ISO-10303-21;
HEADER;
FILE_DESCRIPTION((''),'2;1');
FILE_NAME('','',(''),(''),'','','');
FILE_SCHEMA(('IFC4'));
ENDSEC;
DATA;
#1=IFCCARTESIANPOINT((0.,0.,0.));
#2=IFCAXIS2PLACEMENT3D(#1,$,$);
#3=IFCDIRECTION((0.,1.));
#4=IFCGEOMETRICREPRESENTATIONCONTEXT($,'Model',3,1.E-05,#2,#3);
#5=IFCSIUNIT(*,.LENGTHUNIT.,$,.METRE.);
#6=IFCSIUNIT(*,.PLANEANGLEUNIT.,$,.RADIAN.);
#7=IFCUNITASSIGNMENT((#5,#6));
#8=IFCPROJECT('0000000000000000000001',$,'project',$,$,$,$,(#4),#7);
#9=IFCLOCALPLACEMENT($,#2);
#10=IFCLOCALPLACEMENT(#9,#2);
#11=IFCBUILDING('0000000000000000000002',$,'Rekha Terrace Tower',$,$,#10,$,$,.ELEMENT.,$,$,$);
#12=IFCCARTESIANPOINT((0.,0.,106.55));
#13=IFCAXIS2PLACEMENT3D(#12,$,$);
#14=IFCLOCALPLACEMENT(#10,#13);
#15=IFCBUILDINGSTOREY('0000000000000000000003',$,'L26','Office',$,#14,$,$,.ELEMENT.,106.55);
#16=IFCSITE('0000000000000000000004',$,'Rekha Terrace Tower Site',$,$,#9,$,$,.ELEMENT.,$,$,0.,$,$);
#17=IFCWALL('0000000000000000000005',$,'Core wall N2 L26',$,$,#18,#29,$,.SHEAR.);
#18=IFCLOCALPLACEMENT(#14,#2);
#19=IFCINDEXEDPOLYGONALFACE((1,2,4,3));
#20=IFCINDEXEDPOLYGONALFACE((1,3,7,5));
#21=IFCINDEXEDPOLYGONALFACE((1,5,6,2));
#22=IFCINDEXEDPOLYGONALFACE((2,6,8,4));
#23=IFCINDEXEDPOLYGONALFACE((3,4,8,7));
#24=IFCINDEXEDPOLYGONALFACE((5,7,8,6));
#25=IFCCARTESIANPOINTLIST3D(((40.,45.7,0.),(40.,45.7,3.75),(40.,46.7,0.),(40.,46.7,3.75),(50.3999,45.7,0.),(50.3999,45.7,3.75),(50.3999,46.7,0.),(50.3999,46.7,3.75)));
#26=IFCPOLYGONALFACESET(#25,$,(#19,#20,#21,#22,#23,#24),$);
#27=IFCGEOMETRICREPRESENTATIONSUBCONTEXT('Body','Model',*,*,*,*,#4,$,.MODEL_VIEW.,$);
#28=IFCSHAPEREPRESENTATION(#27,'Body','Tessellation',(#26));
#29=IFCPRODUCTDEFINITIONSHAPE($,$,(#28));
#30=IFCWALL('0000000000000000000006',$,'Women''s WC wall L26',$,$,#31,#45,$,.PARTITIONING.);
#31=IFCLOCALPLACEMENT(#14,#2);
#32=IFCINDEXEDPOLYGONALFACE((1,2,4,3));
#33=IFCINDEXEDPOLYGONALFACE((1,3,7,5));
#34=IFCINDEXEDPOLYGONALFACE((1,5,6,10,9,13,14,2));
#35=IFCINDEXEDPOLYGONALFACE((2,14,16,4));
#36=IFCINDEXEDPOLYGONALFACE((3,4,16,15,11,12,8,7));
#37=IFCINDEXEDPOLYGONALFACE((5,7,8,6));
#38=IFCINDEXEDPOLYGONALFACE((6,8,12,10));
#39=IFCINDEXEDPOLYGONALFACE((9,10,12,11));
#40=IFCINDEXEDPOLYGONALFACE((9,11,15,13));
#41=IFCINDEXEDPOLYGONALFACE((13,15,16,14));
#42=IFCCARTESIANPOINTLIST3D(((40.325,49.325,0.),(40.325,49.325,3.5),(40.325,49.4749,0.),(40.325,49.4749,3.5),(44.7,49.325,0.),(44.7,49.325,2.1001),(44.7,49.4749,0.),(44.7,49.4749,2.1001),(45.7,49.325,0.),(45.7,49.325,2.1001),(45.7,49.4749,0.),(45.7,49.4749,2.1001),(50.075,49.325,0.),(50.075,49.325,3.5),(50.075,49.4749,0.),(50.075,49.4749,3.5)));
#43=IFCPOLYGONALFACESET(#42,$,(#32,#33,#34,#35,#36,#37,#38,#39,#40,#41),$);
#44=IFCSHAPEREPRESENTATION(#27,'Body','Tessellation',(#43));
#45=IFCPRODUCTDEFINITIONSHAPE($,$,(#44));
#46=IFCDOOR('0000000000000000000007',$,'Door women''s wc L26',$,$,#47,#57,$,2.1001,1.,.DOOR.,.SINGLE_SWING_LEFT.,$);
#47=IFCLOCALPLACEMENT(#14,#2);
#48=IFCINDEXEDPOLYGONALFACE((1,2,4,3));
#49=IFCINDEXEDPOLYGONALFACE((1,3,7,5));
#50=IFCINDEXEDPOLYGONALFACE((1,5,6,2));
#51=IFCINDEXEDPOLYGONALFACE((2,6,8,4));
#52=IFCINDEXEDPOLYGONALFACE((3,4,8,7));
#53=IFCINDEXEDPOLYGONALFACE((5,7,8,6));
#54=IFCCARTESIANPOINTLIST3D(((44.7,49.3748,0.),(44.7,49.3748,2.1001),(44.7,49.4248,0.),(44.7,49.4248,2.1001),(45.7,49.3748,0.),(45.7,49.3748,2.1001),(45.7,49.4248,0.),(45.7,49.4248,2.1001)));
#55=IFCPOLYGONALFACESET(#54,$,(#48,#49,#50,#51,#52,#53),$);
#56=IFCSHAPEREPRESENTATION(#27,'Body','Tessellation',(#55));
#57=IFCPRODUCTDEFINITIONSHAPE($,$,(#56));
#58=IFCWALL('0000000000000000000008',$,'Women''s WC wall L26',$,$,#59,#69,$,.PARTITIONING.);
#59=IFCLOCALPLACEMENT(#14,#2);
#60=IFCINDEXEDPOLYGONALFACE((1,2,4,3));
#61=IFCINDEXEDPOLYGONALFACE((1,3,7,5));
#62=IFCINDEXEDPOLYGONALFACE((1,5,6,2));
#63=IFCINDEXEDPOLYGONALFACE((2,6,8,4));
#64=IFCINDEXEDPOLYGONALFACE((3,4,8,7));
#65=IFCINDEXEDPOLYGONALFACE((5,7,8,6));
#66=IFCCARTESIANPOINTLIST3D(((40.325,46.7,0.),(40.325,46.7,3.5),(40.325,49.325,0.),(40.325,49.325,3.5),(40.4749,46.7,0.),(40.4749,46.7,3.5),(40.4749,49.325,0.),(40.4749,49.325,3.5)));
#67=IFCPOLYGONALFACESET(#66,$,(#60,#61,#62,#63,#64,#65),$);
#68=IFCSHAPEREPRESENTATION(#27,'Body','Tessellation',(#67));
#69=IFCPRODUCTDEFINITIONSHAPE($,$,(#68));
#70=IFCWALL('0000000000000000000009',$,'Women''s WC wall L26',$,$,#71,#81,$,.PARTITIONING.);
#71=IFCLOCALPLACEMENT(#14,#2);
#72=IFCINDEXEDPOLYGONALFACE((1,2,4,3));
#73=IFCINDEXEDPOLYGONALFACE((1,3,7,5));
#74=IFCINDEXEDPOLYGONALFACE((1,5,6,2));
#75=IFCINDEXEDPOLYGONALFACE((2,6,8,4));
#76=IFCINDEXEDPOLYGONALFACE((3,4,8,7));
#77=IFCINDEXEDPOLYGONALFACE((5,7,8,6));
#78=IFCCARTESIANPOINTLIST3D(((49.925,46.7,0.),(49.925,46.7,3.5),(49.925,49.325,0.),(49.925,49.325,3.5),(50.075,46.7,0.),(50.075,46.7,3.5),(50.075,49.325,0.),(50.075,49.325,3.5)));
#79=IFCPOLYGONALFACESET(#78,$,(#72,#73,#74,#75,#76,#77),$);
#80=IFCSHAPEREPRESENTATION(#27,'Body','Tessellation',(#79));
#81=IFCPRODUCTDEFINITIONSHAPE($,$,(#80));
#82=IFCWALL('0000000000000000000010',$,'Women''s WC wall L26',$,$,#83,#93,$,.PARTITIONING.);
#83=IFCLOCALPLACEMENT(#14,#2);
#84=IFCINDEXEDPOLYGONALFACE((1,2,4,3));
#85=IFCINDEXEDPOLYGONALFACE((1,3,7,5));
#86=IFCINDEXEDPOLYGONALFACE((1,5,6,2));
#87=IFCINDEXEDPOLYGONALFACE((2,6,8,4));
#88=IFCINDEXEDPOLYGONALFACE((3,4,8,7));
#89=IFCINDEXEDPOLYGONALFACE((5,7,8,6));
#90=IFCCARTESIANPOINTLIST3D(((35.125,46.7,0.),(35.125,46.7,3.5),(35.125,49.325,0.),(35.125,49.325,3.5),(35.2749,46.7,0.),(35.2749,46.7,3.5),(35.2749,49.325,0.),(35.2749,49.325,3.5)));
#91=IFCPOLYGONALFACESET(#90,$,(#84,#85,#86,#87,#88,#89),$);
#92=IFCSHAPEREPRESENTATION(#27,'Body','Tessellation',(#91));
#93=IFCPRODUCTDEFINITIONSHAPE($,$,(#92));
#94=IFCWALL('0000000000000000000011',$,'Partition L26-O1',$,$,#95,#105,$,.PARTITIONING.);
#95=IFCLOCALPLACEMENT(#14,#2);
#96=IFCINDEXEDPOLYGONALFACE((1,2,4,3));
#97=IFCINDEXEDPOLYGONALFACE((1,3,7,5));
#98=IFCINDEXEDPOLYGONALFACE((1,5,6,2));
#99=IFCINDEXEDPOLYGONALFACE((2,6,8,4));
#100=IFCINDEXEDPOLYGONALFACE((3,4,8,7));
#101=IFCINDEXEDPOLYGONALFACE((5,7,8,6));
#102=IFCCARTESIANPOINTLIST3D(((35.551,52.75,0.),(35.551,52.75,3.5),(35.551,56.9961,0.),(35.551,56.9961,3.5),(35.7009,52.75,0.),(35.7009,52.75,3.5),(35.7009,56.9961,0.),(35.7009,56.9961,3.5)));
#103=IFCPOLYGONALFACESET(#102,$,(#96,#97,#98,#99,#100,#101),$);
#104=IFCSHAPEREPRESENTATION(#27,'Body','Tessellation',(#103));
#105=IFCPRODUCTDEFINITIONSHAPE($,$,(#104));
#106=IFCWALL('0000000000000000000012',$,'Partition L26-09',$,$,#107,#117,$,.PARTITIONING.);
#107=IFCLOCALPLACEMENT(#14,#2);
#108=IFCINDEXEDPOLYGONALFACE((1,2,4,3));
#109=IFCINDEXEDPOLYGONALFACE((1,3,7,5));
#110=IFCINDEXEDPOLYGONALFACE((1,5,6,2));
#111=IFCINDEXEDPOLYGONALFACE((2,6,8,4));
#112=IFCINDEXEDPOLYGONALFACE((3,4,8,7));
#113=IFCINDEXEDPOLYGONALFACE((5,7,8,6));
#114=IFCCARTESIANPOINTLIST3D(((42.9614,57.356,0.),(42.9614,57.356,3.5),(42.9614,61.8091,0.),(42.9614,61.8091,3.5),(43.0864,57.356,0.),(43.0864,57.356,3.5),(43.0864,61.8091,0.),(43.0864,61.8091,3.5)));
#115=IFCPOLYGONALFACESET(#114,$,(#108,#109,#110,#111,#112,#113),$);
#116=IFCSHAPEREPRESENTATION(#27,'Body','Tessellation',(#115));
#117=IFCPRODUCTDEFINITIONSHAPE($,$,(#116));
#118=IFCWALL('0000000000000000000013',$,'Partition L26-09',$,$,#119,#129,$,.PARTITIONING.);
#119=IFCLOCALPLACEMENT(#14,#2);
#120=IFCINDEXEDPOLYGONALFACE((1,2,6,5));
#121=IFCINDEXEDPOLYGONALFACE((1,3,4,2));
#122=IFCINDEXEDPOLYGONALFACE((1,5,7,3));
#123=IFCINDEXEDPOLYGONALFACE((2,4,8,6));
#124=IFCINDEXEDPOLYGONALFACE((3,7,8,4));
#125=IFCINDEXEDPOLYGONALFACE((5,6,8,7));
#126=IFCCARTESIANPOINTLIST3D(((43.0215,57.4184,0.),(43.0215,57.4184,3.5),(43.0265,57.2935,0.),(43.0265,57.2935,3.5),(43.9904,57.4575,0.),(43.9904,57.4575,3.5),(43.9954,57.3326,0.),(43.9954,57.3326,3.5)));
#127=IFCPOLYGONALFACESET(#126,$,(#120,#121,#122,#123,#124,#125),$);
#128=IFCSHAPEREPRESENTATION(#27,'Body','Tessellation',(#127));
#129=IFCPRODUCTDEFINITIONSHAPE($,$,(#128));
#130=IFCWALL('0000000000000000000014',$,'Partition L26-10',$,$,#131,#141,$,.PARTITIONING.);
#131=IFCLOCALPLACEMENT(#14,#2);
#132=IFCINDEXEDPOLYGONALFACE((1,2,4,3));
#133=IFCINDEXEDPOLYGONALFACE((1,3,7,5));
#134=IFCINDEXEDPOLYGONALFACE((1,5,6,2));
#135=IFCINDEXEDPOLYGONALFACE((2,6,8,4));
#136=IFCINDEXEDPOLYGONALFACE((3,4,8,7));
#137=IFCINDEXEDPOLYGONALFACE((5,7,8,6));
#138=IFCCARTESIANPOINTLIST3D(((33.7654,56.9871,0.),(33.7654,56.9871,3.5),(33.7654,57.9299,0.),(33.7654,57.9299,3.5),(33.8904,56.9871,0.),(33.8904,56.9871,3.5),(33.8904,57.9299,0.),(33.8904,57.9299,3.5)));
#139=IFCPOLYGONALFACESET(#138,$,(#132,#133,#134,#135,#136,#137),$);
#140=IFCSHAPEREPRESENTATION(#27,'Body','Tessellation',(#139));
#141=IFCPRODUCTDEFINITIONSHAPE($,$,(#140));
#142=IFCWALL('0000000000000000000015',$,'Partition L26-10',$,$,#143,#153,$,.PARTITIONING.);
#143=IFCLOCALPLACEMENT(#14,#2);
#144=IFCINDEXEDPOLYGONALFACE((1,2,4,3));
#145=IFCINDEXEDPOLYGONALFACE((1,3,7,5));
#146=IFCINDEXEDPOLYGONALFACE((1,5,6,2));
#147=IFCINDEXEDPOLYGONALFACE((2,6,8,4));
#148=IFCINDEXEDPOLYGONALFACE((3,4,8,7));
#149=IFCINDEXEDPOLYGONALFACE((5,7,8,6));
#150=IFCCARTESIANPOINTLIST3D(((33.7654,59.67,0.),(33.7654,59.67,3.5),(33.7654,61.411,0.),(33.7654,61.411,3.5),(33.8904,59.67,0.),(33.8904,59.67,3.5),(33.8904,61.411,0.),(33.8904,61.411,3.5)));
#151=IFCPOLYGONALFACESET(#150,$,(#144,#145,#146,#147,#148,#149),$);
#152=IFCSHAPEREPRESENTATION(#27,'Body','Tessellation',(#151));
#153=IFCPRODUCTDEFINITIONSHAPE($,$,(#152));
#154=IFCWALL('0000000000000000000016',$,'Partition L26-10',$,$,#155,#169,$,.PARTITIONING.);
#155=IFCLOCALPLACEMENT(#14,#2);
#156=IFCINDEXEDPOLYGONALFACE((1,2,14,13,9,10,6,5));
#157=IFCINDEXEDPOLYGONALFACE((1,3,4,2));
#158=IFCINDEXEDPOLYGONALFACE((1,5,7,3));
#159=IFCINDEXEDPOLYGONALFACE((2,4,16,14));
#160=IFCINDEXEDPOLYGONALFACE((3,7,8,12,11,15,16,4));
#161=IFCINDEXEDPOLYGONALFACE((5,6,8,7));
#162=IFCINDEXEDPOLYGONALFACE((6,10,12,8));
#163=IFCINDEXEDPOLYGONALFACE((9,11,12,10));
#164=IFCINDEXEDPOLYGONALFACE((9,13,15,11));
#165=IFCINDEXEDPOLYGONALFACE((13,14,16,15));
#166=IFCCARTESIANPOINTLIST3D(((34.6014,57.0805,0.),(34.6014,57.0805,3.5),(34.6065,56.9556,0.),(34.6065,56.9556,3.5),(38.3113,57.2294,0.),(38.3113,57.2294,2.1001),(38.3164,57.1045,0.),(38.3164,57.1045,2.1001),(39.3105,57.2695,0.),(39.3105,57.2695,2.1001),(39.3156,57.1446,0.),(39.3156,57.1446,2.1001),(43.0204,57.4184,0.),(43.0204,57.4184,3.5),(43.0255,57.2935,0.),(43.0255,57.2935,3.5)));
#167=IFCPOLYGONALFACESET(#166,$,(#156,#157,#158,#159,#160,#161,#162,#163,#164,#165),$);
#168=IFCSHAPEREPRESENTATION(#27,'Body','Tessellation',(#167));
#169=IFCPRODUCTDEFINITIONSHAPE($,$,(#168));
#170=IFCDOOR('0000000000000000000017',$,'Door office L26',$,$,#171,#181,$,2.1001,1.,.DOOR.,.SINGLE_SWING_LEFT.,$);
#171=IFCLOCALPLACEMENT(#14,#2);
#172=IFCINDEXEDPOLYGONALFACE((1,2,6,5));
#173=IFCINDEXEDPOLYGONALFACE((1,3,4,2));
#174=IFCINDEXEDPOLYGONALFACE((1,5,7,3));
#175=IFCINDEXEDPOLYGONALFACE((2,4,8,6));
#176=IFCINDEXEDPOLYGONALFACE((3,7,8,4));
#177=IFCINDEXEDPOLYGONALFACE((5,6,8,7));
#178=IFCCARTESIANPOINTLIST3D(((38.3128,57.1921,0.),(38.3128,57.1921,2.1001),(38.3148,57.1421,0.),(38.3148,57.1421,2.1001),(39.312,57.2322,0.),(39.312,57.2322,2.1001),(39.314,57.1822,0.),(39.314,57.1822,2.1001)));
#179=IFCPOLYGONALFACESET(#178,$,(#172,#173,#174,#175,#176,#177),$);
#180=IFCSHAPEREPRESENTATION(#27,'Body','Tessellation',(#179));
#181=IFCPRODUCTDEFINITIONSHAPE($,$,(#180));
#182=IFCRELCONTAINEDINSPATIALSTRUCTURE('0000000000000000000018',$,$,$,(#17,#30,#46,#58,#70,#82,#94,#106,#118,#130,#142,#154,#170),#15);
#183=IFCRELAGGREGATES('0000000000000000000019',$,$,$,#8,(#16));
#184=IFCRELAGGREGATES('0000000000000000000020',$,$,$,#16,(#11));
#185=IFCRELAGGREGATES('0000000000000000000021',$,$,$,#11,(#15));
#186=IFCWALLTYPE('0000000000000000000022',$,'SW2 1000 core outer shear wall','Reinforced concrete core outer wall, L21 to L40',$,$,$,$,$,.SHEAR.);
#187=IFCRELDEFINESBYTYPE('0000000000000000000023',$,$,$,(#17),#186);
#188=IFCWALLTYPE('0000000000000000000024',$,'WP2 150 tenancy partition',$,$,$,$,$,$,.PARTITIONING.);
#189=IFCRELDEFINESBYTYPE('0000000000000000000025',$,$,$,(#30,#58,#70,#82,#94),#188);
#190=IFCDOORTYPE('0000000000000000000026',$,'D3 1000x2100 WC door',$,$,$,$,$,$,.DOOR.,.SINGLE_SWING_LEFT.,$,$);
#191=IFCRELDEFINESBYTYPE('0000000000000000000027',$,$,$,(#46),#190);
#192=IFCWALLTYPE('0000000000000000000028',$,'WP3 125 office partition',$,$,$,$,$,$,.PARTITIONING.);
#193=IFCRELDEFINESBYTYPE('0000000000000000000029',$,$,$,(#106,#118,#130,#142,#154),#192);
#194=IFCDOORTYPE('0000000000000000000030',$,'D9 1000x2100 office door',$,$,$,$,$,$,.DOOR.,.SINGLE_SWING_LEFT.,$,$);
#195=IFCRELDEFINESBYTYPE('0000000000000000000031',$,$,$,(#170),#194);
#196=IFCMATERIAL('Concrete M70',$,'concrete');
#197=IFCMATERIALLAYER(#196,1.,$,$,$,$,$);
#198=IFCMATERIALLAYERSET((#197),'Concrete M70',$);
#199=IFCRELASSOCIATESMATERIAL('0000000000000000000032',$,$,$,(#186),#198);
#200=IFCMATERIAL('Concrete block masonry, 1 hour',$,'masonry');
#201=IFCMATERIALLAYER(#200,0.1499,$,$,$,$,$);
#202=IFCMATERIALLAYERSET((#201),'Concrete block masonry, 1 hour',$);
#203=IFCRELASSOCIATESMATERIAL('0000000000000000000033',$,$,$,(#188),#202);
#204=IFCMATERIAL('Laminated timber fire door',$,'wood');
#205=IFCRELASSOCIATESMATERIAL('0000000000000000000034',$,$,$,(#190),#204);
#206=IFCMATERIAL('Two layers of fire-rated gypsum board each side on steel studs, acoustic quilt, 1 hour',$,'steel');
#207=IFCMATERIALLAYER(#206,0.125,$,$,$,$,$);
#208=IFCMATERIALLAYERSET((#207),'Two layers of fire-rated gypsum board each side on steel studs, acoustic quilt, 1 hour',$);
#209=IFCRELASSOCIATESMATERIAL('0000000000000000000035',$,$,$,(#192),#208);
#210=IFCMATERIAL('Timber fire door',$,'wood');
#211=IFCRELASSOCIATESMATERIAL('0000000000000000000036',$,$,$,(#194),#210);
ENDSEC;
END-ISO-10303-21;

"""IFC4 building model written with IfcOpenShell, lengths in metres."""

from ifc_helpers import new_model, si_unit, direction, frame, frame_2d, origin, place, context, subcontext, project, spatial, rectangle, extrude, material, layer, layer_set, type_object, element, fill, save


model = new_model("IFC4")

# Units and contexts
model_context = context("Model", 3, precision=1e-05, world=origin(), true_north=direction((0.0, 1.0)))
body_context = subcontext(model_context, "Body", "Model", "MODEL_VIEW")
ifc_project = project(units=[si_unit("LENGTHUNIT", "METRE"), si_unit("PLANEANGLEUNIT", "RADIAN")], contexts=[model_context])

# Site, building, storey
site_placement = place(None, origin())
site = spatial("IfcSite", under=ifc_project, at=site_placement, Name="Rekha Terrace Tower Site", CompositionType="ELEMENT", RefElevation=0.0)
building_placement = place(site_placement, origin())
building = spatial("IfcBuilding", under=site, at=building_placement, Name="Rekha Terrace Tower", CompositionType="ELEMENT")
storey_placement = place(building_placement, frame((0.0, 0.0, 106.55)))
storey = spatial("IfcBuildingStorey", under=building, at=storey_placement, Name="L26", Description="Office", CompositionType="ELEMENT", Elevation=106.55)

# Shared definitions
ifc_material_1 = material(Name="Concrete M70", Category="concrete")

# Wall
ifc_layer_1 = layer(ifc_material_1, 1.0)
ifc_layer_set_1 = layer_set([ifc_layer_1], Name="Concrete M70")
wall_type_1 = type_object("IfcWallType", Name="SW2 1000 core outer shear wall", Description="Reinforced concrete core outer wall, L21 to L40", PredefinedType="SHEAR", material=ifc_layer_set_1)
wall_1_placement = place(storey_placement, frame((40.0, 46.2, 0.0), z_axis=(0.0, 0.0, 1.0), x_axis=(1.0, 0.0, 0.0)))
element("IfcWall", 1, at=wall_1_placement, inside=storey, type_object=wall_type_1, Name="Core wall N2 L26", PredefinedType="SHEAR", context=body_context, shape_type="SweptSolid", body=[
    extrude(rectangle(XDim=10.3999, YDim=1.0, at=frame_2d((5.2, 0.0))), origin(), (0.0, 0.0, 1.0), 3.75),
])

# Wall, opening, door
ifc_material_2 = material(Name="Concrete block masonry, 1 hour", Category="masonry")
ifc_layer_2 = layer(ifc_material_2, 0.1499)
ifc_layer_set_2 = layer_set([ifc_layer_2], Name="Concrete block masonry, 1 hour")
wall_type_2 = type_object("IfcWallType", Name="WP2 150 tenancy partition", PredefinedType="PARTITIONING", material=ifc_layer_set_2)
wall_2_placement = place(storey_placement, frame((40.325, 49.3999, 0.0), z_axis=(0.0, 0.0, 1.0), x_axis=(1.0, 0.0, 0.0)))
wall_2 = element("IfcWall", 2, at=wall_2_placement, inside=storey, type_object=wall_type_2, Name="Women's WC wall L26", PredefinedType="PARTITIONING", context=body_context, shape_type="SweptSolid", body=[
    extrude(rectangle(XDim=9.75, YDim=0.1499, at=frame_2d((4.875, 0.0))), origin(), (0.0, 0.0, 1.0), 3.5),
])
opening_1_placement = place(wall_2_placement, frame((4.375, 0.0, 0.0)))
opening_1 = element("IfcOpeningElement", 3, at=opening_1_placement, cuts=wall_2, PredefinedType="OPENING", context=body_context, shape_type="SweptSolid", body=[
    extrude(rectangle(XDim=1.0, YDim=2.1001, at=frame_2d((0.5, 1.05))), frame((0.0, 0.085, 0.0), z_axis=(0.0, -1.0, 0.0), x_axis=(1.0, 0.0, 0.0)), (0.0, 0.0, 1.0), 0.1699),
])
ifc_material_3 = material(Name="Laminated timber fire door", Category="wood")
door_type_1 = type_object("IfcDoorType", Name="D3 1000x2100 WC door", OperationType="SINGLE_SWING_LEFT", PredefinedType="DOOR", material=ifc_material_3)
door_1_placement = place(opening_1_placement, origin())
door_1 = element("IfcDoor", 4, at=door_1_placement, inside=storey, type_object=door_type_1, Name="Door women's wc L26", OperationType="SINGLE_SWING_LEFT", OverallHeight=2.1001, OverallWidth=1.0, PredefinedType="DOOR", context=body_context, shape_type="SweptSolid", body=[
    extrude(rectangle(XDim=1.0, YDim=2.1001, at=frame_2d((0.5, 1.05))), frame((0.0, 0.0249, 0.0), z_axis=(0.0, -1.0, 0.0), x_axis=(1.0, 0.0, 0.0)), (0.0, 0.0, 1.0), 0.05),
])
fill(opening_1, door_1)

# Walls
for number, where, z_axis, x_axis, name in (
    (5, (40.3999, 46.7, 0.0), (0.0, 0.0, 1.0), (0.0, 1.0, 0.0), "Women's WC wall L26"),
    (6, (50.0, 46.7, 0.0), (0.0, 0.0, 1.0), (0.0, 1.0, 0.0), "Women's WC wall L26"),
    (7, (35.2, 46.7, 0.0), (0.0, 0.0, 1.0), (0.0, 1.0, 0.0), "Women's WC wall L26"),
):
    element("IfcWall", number, at=place(storey_placement, frame(where, z_axis=z_axis, x_axis=x_axis)), inside=storey, type_object=wall_type_2, Name=name, PredefinedType="PARTITIONING", context=body_context, shape_type="SweptSolid", body=[
        extrude(rectangle(XDim=2.625, YDim=0.1499, at=frame_2d((1.3125, 0.0))), origin(), (0.0, 0.0, 1.0), 3.5),
    ])
wall_3_placement = place(storey_placement, frame((35.626, 52.75, 0.0), z_axis=(0.0, 0.0, 1.0), x_axis=(0.0, 1.0, 0.0)))
element("IfcWall", 8, at=wall_3_placement, inside=storey, type_object=wall_type_2, Name="Partition L26-O1", PredefinedType="PARTITIONING", context=body_context, shape_type="SweptSolid", body=[
    extrude(rectangle(XDim=4.2461, YDim=0.1499, at=frame_2d((2.123, 0.0))), origin(), (0.0, 0.0, 1.0), 3.5),
])
ifc_material_4 = material(Name="Two layers of fire-rated gypsum board each side on steel studs, acoustic quilt, 1 hour", Category="steel")
ifc_layer_3 = layer(ifc_material_4, 0.125)
ifc_layer_set_3 = layer_set([ifc_layer_3], Name="Two layers of fire-rated gypsum board each side on steel studs, acoustic quilt, 1 hour")
wall_type_3 = type_object("IfcWallType", Name="WP3 125 office partition", PredefinedType="PARTITIONING", material=ifc_layer_set_3)
wall_4_placement = place(storey_placement, frame((43.0239, 57.356, 0.0), z_axis=(0.0, 0.0, 1.0), x_axis=(0.0, 1.0, 0.0)))
element("IfcWall", 9, at=wall_4_placement, inside=storey, type_object=wall_type_3, Name="Partition L26-09", PredefinedType="PARTITIONING", context=body_context, shape_type="SweptSolid", body=[
    extrude(rectangle(XDim=4.4531, YDim=0.125, at=frame_2d((2.2266, 0.0))), origin(), (0.0, 0.0, 1.0), 3.5),
])
wall_5_placement = place(storey_placement, frame((43.9929, 57.395, 0.0), z_axis=(0.0, 0.0, 1.0), x_axis=(-0.999188, -0.04028, 0.0)))
element("IfcWall", 10, at=wall_5_placement, inside=storey, type_object=wall_type_3, Name="Partition L26-09", PredefinedType="PARTITIONING", context=body_context, shape_type="SweptSolid", body=[
    extrude(rectangle(XDim=0.9697, YDim=0.125, at=frame_2d((0.4849, 0.0))), origin(), (0.0, 0.0, 1.0), 3.5),
])
wall_6_placement = place(storey_placement, frame((33.8279, 56.9871, 0.0), z_axis=(0.0, 0.0, 1.0), x_axis=(0.0, 1.0, 0.0)))
element("IfcWall", 11, at=wall_6_placement, inside=storey, type_object=wall_type_3, Name="Partition L26-10", PredefinedType="PARTITIONING", context=body_context, shape_type="SweptSolid", body=[
    extrude(rectangle(XDim=0.9429, YDim=0.125, at=frame_2d((0.4714, 0.0))), origin(), (0.0, 0.0, 1.0), 3.5),
])
wall_7_placement = place(storey_placement, frame((33.8279, 59.6699, 0.0), z_axis=(0.0, 0.0, 1.0), x_axis=(0.0, 1.0, 0.0)))
element("IfcWall", 12, at=wall_7_placement, inside=storey, type_object=wall_type_3, Name="Partition L26-10", PredefinedType="PARTITIONING", context=body_context, shape_type="SweptSolid", body=[
    extrude(rectangle(XDim=1.741, YDim=0.125, at=frame_2d((0.8706, 0.0))), origin(), (0.0, 0.0, 1.0), 3.5),
])

# Wall, opening, door
wall_8_placement = place(storey_placement, frame((43.0229, 57.356, 0.0), z_axis=(0.0, 0.0, 1.0), x_axis=(-0.999196, -0.040102, 0.0)))
wall_8 = element("IfcWall", 13, at=wall_8_placement, inside=storey, type_object=wall_type_3, Name="Partition L26-10", PredefinedType="PARTITIONING", context=body_context, shape_type="SweptSolid", body=[
    extrude(rectangle(XDim=8.4258, YDim=0.125, at=frame_2d((4.2129, 0.0))), origin(), (0.0, 0.0, 1.0), 3.5),
])
opening_2_placement = place(wall_8_placement, frame((3.7129, 0.0, 0.0)))
opening_2 = element("IfcOpeningElement", 14, at=opening_2_placement, cuts=wall_8, PredefinedType="OPENING", context=body_context, shape_type="SweptSolid", body=[
    extrude(rectangle(XDim=1.0, YDim=2.1001, at=frame_2d((0.5, 1.05))), frame((0.0, 0.0725, 0.0), z_axis=(0.0, -1.0, 0.0), x_axis=(1.0, 0.0, 0.0)), (0.0, 0.0, 1.0), 0.145),
])
ifc_material_5 = material(Name="Timber fire door", Category="wood")
door_type_2 = type_object("IfcDoorType", Name="D9 1000x2100 office door", OperationType="SINGLE_SWING_LEFT", PredefinedType="DOOR", material=ifc_material_5)
door_2_placement = place(opening_2_placement, origin())
door_2 = element("IfcDoor", 15, at=door_2_placement, inside=storey, type_object=door_type_2, Name="Door office L26", OperationType="SINGLE_SWING_LEFT", OverallHeight=2.1001, OverallWidth=1.0, PredefinedType="DOOR", context=body_context, shape_type="SweptSolid", body=[
    extrude(rectangle(XDim=1.0, YDim=2.1001, at=frame_2d((0.5, 1.05))), frame((0.0, 0.0249, 0.0), z_axis=(0.0, -1.0, 0.0), x_axis=(1.0, 0.0, 0.0)), (0.0, 0.0, 1.0), 0.05),
])
fill(opening_2, door_2)

save(model, "model.ifc")
